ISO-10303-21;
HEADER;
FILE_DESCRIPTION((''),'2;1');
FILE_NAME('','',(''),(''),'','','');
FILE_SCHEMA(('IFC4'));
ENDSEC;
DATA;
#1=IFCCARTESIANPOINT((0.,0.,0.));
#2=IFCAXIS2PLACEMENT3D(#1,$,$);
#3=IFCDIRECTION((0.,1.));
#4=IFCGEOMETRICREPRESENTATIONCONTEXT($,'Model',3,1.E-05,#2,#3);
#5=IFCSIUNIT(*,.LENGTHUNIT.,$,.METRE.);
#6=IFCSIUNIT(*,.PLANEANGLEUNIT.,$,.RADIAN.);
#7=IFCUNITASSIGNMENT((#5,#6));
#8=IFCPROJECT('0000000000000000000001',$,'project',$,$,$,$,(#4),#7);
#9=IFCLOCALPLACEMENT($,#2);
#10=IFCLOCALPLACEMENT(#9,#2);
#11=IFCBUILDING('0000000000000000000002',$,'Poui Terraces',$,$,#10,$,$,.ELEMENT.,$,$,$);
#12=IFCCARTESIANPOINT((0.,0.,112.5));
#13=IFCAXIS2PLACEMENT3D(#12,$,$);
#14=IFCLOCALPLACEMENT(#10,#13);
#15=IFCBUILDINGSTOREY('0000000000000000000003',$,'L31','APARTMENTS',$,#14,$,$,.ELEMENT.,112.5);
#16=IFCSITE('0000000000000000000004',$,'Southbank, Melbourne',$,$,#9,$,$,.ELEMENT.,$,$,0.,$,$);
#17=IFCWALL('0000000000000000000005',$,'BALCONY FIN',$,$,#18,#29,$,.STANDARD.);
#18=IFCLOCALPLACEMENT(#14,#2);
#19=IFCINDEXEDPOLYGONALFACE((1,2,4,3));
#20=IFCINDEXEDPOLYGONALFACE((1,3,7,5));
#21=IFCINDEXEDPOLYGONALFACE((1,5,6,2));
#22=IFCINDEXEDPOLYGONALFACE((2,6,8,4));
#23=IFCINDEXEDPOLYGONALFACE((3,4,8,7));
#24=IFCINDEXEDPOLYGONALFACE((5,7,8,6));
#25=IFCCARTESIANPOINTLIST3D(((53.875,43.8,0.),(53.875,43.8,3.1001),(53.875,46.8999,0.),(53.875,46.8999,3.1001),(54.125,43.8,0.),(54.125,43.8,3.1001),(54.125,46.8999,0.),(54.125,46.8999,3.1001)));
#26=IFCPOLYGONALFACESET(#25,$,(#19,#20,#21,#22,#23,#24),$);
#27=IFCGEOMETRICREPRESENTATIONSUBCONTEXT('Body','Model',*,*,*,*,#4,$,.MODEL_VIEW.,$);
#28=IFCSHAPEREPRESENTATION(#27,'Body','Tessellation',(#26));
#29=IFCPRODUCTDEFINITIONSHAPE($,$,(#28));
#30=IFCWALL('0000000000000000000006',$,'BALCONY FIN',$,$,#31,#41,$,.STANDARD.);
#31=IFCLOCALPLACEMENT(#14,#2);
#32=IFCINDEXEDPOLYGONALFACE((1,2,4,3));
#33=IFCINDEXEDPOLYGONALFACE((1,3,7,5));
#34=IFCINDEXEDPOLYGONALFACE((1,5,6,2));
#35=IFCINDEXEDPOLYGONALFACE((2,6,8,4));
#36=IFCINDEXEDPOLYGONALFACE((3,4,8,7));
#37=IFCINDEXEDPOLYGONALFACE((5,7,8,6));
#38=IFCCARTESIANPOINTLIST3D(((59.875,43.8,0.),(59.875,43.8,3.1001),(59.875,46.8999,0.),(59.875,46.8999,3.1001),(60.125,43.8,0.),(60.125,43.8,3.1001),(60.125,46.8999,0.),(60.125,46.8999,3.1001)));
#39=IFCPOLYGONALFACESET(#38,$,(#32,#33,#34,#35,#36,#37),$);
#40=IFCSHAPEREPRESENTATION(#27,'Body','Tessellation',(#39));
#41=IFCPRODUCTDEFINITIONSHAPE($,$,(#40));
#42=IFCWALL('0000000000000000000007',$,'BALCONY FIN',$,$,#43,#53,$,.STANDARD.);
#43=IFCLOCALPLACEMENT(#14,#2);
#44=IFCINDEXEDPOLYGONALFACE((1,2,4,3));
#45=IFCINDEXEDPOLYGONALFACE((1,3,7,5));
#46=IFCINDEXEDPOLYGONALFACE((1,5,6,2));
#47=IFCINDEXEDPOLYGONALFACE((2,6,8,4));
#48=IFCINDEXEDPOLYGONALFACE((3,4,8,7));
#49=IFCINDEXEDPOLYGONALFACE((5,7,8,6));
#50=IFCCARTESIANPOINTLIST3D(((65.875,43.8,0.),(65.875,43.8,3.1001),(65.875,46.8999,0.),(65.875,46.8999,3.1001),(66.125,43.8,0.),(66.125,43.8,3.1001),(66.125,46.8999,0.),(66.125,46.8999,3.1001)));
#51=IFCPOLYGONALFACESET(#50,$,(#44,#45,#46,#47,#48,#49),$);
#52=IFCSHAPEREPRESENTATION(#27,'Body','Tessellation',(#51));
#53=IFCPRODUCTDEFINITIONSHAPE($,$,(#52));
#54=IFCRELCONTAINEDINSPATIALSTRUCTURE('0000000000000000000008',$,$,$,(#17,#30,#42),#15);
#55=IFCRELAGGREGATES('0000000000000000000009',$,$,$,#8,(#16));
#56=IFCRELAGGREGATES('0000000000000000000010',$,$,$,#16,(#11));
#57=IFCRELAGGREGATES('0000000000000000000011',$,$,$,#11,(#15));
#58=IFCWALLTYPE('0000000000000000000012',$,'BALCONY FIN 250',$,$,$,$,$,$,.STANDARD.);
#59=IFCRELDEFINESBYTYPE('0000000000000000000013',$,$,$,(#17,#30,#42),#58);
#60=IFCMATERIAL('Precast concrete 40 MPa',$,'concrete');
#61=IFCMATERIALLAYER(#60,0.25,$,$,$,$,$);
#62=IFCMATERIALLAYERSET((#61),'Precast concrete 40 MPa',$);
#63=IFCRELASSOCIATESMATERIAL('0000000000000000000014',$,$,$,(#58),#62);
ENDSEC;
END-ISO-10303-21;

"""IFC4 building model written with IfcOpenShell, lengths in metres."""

from ifc_helpers import new_model, si_unit, direction, frame, origin, place, context, subcontext, project, spatial, polyline, outline, extrude, source, transform, mapped, material, layer, layer_set, type_object, element, save


model = new_model("IFC4")

# Units and contexts
model_context = context("Model", 3, precision=1e-05, world=origin(), true_north=direction((0.0, 1.0)))
body_context = subcontext(model_context, "Body", "Model", "MODEL_VIEW")
ifc_project = project(units=[si_unit("LENGTHUNIT", "METRE"), si_unit("PLANEANGLEUNIT", "RADIAN")], contexts=[model_context])

# Site, building, storey
site_placement = place(None, origin())
site = spatial("IfcSite", under=ifc_project, at=site_placement, Name="Southbank, Melbourne", CompositionType="ELEMENT", RefElevation=0.0)
building_placement = place(site_placement, origin())
building = spatial("IfcBuilding", under=site, at=building_placement, Name="Poui Terraces", CompositionType="ELEMENT")
storey_placement = place(building_placement, frame((0.0, 0.0, 112.5)))
storey = spatial("IfcBuildingStorey", under=building, at=storey_placement, Name="L31", Description="APARTMENTS", CompositionType="ELEMENT", Elevation=112.5)

# Walls
ifc_material_1 = material(Name="Precast concrete 40 MPa", Category="concrete")
ifc_layer_1 = layer(ifc_material_1, 0.25)
ifc_layer_set_1 = layer_set([ifc_layer_1], Name="Precast concrete 40 MPa")
wall_type_1 = type_object("IfcWallType", Name="BALCONY FIN 250", PredefinedType="STANDARD", material=ifc_layer_set_1)
shared_shape_1 = source(origin(), body_context, "Body", "SweptSolid", [
    extrude(outline(polyline([(0.0, 0.0), (0.25, 0.0), (0.25, 3.0999), (0.0, 3.0999), (0.0, 0.0)])), origin(), (0.0, 0.0, 1.0), 3.1001),
])
for number, where, name in (
    (1, (53.875, 43.8, 0.0), "BALCONY FIN"),
    (2, (59.875, 43.8, 0.0), "BALCONY FIN"),
    (3, (65.875, 43.8, 0.0), "BALCONY FIN"),
):
    element("IfcWall", number, at=place(storey_placement, frame(where)), inside=storey, type_object=wall_type_1, Name=name, PredefinedType="STANDARD", context=body_context, shape_type="MappedRepresentation", body=[
        mapped(shared_shape_1, transform((0.0, 0.0, 0.0))),
    ])

save(model, "model.ifc")
